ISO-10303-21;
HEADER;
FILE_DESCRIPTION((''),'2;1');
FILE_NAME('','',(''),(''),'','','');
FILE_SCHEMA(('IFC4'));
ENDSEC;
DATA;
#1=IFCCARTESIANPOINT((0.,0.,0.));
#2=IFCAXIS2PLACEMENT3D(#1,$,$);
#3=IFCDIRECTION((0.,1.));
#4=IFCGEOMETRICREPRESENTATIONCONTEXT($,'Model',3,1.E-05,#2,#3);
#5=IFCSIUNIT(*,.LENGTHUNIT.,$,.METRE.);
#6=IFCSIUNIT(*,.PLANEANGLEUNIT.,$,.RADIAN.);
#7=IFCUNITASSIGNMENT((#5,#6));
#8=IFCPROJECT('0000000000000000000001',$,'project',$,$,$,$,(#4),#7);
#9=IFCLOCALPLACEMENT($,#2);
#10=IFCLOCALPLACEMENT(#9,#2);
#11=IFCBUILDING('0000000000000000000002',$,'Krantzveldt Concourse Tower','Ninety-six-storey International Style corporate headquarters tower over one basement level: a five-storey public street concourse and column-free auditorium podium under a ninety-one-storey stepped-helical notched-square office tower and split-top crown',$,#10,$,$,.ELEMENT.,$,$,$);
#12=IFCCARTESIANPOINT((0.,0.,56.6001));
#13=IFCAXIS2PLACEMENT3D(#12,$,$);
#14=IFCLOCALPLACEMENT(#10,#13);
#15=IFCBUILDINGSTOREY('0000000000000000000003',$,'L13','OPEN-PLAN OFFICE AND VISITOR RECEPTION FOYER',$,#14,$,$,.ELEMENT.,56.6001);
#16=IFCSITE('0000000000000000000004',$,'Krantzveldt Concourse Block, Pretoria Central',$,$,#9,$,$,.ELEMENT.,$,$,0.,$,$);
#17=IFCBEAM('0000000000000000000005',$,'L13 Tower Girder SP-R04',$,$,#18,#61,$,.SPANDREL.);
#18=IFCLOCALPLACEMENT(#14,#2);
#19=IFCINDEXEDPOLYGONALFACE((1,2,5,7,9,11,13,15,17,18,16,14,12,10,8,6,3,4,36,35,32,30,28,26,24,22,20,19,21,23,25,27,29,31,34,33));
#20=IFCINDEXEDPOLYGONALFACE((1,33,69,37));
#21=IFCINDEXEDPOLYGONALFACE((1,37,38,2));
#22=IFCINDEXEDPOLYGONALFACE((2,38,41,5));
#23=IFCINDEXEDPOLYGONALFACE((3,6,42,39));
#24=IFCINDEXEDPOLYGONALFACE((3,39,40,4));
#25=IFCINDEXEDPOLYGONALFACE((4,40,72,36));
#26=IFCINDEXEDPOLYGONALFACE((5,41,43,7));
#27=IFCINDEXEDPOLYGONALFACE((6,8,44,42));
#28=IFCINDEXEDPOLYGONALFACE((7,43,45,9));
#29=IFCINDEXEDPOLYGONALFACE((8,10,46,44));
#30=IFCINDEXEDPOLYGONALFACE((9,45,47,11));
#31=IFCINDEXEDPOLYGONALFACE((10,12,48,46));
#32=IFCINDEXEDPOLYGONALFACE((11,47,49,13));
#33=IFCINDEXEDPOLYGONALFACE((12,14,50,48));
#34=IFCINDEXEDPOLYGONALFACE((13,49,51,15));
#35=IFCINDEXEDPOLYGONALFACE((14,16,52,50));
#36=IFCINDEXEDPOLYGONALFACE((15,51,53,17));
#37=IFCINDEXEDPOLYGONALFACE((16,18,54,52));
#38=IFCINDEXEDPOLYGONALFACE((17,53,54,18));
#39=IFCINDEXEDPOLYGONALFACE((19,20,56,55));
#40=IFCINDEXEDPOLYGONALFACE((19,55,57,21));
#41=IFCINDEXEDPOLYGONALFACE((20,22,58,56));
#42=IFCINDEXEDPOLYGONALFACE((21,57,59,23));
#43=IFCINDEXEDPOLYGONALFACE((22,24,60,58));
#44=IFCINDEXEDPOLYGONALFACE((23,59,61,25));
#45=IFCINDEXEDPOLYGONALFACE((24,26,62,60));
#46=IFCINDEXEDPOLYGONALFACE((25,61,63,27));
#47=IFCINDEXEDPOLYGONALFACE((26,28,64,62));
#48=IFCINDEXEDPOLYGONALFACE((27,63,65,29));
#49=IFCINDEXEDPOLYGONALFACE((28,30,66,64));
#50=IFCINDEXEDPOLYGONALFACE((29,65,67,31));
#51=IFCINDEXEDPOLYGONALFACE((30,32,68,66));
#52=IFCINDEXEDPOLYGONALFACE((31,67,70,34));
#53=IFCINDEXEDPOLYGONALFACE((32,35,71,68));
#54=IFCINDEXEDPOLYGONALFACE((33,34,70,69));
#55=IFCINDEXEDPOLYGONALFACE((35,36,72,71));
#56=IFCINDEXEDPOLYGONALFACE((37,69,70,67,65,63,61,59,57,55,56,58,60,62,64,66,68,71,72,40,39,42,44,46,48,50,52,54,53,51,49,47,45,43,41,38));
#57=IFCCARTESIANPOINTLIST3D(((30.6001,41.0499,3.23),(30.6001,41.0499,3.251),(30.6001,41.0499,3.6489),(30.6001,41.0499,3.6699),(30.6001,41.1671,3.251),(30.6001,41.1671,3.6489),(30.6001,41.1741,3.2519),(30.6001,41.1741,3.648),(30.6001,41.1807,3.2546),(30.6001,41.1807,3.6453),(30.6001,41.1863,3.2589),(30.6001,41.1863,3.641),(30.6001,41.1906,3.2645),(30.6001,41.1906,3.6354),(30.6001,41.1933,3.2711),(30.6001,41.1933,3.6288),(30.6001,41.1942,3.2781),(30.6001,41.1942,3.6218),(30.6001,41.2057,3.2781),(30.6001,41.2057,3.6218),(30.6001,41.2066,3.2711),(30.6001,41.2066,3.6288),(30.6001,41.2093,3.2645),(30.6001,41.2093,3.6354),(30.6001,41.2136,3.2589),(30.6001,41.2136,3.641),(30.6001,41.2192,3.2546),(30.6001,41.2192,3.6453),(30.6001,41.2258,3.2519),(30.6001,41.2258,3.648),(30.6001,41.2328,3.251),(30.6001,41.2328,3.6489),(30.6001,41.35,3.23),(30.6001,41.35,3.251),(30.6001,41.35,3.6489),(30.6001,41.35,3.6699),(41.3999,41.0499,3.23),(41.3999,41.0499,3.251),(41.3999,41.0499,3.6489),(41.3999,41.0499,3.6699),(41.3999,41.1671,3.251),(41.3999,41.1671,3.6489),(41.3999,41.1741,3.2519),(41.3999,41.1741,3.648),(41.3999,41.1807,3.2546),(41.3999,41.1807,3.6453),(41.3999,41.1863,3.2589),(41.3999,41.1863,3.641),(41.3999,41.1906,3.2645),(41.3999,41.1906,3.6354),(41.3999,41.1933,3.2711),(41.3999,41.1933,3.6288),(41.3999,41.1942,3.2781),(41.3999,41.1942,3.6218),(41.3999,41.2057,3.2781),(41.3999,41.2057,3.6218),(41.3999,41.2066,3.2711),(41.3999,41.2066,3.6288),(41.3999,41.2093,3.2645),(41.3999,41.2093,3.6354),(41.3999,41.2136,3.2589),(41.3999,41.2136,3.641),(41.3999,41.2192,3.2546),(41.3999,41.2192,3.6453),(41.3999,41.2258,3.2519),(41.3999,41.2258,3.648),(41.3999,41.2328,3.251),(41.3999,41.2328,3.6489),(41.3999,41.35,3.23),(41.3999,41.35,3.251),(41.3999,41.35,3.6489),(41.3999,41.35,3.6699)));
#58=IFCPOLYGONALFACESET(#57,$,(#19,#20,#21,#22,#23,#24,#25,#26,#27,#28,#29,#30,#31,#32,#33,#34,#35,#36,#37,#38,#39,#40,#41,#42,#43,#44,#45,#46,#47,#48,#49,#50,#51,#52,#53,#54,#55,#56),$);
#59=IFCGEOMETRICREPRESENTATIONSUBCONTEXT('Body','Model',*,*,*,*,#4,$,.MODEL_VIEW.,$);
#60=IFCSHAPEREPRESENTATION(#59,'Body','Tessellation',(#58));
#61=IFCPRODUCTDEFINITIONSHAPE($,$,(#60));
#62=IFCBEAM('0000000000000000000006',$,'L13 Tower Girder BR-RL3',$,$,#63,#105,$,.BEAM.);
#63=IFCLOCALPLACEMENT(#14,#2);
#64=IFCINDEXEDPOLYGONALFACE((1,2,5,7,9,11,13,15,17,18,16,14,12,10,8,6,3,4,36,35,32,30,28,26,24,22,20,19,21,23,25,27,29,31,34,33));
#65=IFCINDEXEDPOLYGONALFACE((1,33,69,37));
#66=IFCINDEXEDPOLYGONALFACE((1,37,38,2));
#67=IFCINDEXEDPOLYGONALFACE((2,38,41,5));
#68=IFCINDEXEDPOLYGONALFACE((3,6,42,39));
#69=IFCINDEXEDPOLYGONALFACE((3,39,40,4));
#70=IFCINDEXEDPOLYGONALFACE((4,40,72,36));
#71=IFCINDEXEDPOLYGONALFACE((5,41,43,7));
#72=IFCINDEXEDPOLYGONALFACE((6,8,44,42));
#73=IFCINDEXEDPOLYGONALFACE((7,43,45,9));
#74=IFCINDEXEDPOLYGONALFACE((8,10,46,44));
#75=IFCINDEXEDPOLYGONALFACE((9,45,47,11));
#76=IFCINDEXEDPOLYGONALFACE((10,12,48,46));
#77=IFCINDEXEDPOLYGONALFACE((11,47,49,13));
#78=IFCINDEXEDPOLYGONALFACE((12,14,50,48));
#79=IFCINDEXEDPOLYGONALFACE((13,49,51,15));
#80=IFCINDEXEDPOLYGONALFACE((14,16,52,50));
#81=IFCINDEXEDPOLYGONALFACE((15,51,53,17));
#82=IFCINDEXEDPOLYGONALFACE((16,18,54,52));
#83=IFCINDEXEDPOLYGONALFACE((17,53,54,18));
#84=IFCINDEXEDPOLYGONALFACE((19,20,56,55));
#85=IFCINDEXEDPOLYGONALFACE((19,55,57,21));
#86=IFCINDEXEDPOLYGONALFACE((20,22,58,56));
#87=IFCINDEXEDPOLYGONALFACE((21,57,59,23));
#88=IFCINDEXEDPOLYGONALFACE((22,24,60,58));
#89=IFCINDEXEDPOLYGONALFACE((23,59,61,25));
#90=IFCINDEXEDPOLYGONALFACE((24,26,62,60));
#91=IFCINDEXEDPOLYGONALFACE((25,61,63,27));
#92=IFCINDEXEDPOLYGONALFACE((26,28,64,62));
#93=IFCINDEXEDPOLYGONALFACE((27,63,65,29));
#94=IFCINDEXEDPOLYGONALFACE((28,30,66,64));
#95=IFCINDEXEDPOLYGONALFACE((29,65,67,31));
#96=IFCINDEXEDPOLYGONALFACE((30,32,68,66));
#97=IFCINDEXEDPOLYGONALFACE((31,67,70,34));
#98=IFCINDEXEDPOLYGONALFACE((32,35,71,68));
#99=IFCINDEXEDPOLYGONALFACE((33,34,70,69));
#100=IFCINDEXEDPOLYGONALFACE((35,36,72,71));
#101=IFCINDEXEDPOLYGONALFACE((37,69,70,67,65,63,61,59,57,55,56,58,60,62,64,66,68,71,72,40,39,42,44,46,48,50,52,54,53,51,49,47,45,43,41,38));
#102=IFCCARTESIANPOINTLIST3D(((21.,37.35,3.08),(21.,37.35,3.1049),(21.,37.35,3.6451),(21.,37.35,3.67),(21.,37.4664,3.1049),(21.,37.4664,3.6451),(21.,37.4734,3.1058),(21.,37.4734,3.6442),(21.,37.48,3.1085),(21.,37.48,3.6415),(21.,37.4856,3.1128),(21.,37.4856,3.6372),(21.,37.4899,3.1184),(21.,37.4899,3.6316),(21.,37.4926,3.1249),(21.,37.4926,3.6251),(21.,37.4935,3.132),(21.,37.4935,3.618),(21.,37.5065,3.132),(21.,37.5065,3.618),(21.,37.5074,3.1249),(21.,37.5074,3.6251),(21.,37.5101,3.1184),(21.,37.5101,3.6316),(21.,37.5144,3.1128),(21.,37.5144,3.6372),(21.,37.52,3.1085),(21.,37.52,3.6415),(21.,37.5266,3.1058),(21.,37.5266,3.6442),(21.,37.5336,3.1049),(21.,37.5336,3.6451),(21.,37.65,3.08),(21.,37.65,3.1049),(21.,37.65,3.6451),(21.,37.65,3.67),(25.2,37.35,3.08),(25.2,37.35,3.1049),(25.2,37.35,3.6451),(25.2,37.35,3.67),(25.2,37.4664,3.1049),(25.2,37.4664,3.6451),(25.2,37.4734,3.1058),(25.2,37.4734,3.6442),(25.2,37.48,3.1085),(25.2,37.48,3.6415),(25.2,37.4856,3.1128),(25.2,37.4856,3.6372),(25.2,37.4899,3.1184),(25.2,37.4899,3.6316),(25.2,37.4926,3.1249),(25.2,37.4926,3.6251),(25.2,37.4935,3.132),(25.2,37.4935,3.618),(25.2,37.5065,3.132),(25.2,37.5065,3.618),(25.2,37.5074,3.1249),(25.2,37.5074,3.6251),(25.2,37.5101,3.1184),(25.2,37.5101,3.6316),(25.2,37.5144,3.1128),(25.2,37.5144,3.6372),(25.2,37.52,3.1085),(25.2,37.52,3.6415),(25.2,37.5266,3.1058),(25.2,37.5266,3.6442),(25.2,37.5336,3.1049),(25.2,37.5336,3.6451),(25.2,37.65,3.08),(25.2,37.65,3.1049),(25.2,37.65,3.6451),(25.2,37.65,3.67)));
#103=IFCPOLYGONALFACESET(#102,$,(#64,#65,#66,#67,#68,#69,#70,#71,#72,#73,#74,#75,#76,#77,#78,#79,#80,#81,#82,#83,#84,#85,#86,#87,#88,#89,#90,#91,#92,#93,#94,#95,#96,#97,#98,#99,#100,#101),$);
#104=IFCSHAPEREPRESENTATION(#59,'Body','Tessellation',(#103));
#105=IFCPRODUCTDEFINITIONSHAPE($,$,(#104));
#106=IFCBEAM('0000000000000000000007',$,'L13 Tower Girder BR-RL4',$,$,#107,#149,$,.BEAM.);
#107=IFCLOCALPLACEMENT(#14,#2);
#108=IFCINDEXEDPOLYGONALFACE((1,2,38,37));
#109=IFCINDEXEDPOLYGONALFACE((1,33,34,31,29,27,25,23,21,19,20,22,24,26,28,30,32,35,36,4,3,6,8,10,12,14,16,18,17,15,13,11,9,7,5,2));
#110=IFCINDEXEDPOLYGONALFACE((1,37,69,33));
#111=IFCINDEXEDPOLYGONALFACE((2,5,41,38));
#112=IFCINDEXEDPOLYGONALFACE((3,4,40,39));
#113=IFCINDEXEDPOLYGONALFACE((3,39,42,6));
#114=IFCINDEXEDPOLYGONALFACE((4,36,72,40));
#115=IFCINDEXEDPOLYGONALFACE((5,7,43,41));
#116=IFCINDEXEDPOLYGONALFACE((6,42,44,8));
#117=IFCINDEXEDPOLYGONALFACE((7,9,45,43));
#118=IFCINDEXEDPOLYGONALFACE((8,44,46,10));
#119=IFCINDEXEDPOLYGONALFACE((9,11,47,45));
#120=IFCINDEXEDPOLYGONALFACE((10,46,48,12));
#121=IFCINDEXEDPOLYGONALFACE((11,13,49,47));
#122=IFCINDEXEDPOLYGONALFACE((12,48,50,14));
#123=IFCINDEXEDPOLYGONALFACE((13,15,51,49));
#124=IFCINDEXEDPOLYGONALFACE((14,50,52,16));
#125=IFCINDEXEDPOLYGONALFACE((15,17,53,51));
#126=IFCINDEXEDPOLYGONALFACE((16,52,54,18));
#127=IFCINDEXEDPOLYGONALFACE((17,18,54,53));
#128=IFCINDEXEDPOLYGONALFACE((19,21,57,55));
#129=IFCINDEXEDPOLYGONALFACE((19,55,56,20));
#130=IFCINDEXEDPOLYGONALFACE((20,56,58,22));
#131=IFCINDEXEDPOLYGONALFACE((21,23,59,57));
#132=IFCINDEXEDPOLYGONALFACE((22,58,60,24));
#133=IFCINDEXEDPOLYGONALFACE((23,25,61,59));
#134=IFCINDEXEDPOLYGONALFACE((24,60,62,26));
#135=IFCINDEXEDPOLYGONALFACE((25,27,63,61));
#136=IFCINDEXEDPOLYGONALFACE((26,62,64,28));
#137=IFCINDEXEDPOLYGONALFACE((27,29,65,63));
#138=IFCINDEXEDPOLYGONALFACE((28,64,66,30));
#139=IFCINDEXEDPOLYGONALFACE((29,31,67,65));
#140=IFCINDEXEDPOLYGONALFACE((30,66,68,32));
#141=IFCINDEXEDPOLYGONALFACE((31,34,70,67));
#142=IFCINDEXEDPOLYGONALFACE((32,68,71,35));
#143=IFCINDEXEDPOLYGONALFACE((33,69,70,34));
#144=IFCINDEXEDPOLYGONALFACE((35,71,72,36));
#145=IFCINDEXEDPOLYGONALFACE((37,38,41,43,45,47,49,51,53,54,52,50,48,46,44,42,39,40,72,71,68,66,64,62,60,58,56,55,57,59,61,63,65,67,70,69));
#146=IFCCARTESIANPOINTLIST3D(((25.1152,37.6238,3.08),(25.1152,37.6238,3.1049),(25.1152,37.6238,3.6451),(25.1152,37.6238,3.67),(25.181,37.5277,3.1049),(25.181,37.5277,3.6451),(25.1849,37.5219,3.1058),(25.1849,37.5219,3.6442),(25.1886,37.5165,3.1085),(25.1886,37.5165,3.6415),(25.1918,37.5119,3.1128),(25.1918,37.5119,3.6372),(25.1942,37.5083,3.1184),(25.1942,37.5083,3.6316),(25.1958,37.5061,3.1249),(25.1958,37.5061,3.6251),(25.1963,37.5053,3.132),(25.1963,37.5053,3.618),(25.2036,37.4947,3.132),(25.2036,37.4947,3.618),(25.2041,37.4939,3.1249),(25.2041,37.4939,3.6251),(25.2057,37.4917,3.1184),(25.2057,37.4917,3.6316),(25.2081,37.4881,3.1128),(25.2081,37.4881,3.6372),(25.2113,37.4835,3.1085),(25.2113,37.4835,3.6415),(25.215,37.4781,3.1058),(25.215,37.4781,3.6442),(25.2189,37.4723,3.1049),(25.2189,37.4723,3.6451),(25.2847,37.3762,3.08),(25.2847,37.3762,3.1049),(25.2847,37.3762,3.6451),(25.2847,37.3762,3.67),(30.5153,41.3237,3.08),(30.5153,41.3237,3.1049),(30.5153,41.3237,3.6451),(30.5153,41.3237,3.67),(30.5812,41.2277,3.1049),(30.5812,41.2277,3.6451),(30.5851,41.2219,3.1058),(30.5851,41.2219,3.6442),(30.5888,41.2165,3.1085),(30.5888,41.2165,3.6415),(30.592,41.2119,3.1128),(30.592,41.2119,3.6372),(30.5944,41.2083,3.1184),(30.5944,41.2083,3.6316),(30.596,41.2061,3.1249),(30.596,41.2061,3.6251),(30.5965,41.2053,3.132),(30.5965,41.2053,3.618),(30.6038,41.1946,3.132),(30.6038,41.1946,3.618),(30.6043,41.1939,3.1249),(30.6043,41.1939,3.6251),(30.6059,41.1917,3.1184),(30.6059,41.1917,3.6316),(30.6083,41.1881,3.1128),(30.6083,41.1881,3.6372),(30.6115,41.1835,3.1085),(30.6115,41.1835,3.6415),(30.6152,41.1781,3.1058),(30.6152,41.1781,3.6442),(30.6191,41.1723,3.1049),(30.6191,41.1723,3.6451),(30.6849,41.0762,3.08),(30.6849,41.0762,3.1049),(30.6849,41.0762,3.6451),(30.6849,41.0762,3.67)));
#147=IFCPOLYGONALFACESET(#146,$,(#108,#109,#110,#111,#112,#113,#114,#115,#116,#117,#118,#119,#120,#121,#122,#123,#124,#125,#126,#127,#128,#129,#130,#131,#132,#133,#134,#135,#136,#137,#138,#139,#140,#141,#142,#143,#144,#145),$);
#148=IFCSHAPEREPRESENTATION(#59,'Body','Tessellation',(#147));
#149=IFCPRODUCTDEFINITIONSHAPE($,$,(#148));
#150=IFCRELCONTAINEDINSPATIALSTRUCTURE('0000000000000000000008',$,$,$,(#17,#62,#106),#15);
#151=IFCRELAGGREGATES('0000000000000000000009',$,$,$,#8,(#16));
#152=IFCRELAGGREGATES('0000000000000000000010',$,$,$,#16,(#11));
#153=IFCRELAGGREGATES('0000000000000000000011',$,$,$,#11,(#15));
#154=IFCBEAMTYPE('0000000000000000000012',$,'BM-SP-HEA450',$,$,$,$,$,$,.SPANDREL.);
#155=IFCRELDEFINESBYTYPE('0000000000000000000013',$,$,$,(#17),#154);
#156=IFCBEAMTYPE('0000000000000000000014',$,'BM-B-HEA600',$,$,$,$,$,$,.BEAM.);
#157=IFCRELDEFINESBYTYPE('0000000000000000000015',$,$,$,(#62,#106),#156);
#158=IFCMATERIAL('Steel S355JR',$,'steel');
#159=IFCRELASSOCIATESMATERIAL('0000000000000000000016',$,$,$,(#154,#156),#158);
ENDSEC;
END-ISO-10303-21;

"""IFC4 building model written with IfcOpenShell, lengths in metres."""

from ifc_helpers import new_model, si_unit, direction, frame, origin, origin_2d, place, context, subcontext, project, spatial, i_section, extrude, source, transform, mapped, material, material_profile, profile_set, type_object, type_shapes, element, save


model = new_model("IFC4")

# Units and contexts
model_context = context("Model", 3, precision=1e-05, world=origin(), true_north=direction((0.0, 1.0)))
body_context = subcontext(model_context, "Body", "Model", "MODEL_VIEW")
ifc_project = project(units=[si_unit("LENGTHUNIT", "METRE"), si_unit("PLANEANGLEUNIT", "RADIAN")], contexts=[model_context])

# Site, building, storey
site_placement = place(None, origin())
site = spatial("IfcSite", under=ifc_project, at=site_placement, Name="Krantzveldt Concourse Block, Pretoria Central", CompositionType="ELEMENT", RefElevation=0.0)
building_placement = place(site_placement, origin())
building = spatial("IfcBuilding", under=site, at=building_placement, Name="Krantzveldt Concourse Tower", Description="Ninety-six-storey International Style corporate headquarters tower over one basement level: a five-storey public street concourse and column-free auditorium podium under a ninety-one-storey stepped-helical notched-square office tower and split-top crown", CompositionType="ELEMENT")
storey_placement = place(building_placement, frame((0.0, 0.0, 56.6001)))
storey = spatial("IfcBuildingStorey", under=building, at=storey_placement, Name="L13", Description="OPEN-PLAN OFFICE AND VISITOR RECEPTION FOYER", CompositionType="ELEMENT", Elevation=56.6001)

# Beams
ifc_material_1 = material(Name="Steel S355JR", Category="steel")
ifc_material_profile_1 = material_profile(ifc_material_1, i_section(OverallWidth=0.3, OverallDepth=0.4399, WebThickness=0.0115, FlangeThickness=0.021, FilletRadius=0.0271, at=origin_2d()), Name="Steel S355JR", Category="steel")
ifc_profile_set_1 = profile_set([ifc_material_profile_1], Name="Steel S355JR - HEA 450")
beam_type_1 = type_object("IfcBeamType", Name="BM-SP-HEA450", PredefinedType="SPANDREL", material=ifc_profile_set_1)
shared_shape_1 = source(origin(), body_context, "Body", "SweptSolid", [
    extrude(i_section(OverallWidth=0.3, OverallDepth=0.4399, WebThickness=0.0115, FlangeThickness=0.021, FilletRadius=0.0271, at=origin_2d()), origin(), (0.0, 0.0, 1.0), 10.7998),
])
beam_1_placement = place(storey_placement, frame((30.6001, 41.2, 3.45), z_axis=(1.0, 0.0, 0.0), x_axis=(0.0, 1.0, 0.0)))
element("IfcBeam", 1, at=beam_1_placement, inside=storey, type_object=beam_type_1, Name="L13 Tower Girder SP-R04", PredefinedType="SPANDREL", context=body_context, shape_type="MappedRepresentation", body=[
    mapped(shared_shape_1, transform((0.0, 0.0, 0.0), x_axis=(1.0, 0.0, 0.0), y_axis=(0.0, 1.0, 0.0), z_axis=(0.0, 0.0, 1.0), scale=1.0)),
])
ifc_material_profile_2 = material_profile(ifc_material_1, i_section(OverallWidth=0.3, OverallDepth=0.5901, WebThickness=0.0129, FlangeThickness=0.0249, FilletRadius=0.0271, at=origin_2d()), Name="Steel S355JR", Category="steel")
ifc_profile_set_2 = profile_set([ifc_material_profile_2], Name="Steel S355JR - HEA 600")
beam_type_2 = type_object("IfcBeamType", Name="BM-B-HEA600", PredefinedType="BEAM", material=ifc_profile_set_2)
shared_shape_2 = source(origin(), body_context, "Body", "SweptSolid", [
    extrude(i_section(OverallWidth=0.3, OverallDepth=0.5901, WebThickness=0.0129, FlangeThickness=0.0249, FilletRadius=0.0271, at=origin_2d()), origin(), (0.0, 0.0, 1.0), 4.2),
])
beam_2_placement = place(storey_placement, frame((21.0, 37.5, 3.375), z_axis=(1.0, 0.0, 0.0), x_axis=(0.0, 1.0, 0.0)))
element("IfcBeam", 2, at=beam_2_placement, inside=storey, type_object=beam_type_2, Name="L13 Tower Girder BR-RL3", PredefinedType="BEAM", context=body_context, shape_type="MappedRepresentation", body=[
    mapped(shared_shape_2, transform((0.0, 0.0, 0.0), x_axis=(1.0, 0.0, 0.0), y_axis=(0.0, 1.0, 0.0), z_axis=(0.0, 0.0, 1.0), scale=1.0)),
])
shared_shape_3 = source(origin(), body_context, "Body", "SweptSolid", [
    extrude(i_section(OverallWidth=0.3, OverallDepth=0.5901, WebThickness=0.0129, FlangeThickness=0.0249, FilletRadius=0.0271, at=origin_2d()), origin(), (0.0, 0.0, 1.0), 6.5461),
])
type_shapes(beam_type_2, [shared_shape_2, shared_shape_3])
beam_3_placement = place(storey_placement, frame((25.2, 37.5, 3.375), z_axis=(0.824943, 0.565216, 0.0), x_axis=(-0.565216, 0.824943, 0.0)))
element("IfcBeam", 3, at=beam_3_placement, inside=storey, type_object=beam_type_2, Name="L13 Tower Girder BR-RL4", PredefinedType="BEAM", context=body_context, shape_type="MappedRepresentation", body=[
    mapped(shared_shape_3, transform((0.0, 0.0, 0.0), x_axis=(1.0, 0.0, 0.0), y_axis=(0.0, 1.0, 0.0), z_axis=(0.0, 0.0, 1.0), scale=1.0)),
])

save(model, "model.ifc")
